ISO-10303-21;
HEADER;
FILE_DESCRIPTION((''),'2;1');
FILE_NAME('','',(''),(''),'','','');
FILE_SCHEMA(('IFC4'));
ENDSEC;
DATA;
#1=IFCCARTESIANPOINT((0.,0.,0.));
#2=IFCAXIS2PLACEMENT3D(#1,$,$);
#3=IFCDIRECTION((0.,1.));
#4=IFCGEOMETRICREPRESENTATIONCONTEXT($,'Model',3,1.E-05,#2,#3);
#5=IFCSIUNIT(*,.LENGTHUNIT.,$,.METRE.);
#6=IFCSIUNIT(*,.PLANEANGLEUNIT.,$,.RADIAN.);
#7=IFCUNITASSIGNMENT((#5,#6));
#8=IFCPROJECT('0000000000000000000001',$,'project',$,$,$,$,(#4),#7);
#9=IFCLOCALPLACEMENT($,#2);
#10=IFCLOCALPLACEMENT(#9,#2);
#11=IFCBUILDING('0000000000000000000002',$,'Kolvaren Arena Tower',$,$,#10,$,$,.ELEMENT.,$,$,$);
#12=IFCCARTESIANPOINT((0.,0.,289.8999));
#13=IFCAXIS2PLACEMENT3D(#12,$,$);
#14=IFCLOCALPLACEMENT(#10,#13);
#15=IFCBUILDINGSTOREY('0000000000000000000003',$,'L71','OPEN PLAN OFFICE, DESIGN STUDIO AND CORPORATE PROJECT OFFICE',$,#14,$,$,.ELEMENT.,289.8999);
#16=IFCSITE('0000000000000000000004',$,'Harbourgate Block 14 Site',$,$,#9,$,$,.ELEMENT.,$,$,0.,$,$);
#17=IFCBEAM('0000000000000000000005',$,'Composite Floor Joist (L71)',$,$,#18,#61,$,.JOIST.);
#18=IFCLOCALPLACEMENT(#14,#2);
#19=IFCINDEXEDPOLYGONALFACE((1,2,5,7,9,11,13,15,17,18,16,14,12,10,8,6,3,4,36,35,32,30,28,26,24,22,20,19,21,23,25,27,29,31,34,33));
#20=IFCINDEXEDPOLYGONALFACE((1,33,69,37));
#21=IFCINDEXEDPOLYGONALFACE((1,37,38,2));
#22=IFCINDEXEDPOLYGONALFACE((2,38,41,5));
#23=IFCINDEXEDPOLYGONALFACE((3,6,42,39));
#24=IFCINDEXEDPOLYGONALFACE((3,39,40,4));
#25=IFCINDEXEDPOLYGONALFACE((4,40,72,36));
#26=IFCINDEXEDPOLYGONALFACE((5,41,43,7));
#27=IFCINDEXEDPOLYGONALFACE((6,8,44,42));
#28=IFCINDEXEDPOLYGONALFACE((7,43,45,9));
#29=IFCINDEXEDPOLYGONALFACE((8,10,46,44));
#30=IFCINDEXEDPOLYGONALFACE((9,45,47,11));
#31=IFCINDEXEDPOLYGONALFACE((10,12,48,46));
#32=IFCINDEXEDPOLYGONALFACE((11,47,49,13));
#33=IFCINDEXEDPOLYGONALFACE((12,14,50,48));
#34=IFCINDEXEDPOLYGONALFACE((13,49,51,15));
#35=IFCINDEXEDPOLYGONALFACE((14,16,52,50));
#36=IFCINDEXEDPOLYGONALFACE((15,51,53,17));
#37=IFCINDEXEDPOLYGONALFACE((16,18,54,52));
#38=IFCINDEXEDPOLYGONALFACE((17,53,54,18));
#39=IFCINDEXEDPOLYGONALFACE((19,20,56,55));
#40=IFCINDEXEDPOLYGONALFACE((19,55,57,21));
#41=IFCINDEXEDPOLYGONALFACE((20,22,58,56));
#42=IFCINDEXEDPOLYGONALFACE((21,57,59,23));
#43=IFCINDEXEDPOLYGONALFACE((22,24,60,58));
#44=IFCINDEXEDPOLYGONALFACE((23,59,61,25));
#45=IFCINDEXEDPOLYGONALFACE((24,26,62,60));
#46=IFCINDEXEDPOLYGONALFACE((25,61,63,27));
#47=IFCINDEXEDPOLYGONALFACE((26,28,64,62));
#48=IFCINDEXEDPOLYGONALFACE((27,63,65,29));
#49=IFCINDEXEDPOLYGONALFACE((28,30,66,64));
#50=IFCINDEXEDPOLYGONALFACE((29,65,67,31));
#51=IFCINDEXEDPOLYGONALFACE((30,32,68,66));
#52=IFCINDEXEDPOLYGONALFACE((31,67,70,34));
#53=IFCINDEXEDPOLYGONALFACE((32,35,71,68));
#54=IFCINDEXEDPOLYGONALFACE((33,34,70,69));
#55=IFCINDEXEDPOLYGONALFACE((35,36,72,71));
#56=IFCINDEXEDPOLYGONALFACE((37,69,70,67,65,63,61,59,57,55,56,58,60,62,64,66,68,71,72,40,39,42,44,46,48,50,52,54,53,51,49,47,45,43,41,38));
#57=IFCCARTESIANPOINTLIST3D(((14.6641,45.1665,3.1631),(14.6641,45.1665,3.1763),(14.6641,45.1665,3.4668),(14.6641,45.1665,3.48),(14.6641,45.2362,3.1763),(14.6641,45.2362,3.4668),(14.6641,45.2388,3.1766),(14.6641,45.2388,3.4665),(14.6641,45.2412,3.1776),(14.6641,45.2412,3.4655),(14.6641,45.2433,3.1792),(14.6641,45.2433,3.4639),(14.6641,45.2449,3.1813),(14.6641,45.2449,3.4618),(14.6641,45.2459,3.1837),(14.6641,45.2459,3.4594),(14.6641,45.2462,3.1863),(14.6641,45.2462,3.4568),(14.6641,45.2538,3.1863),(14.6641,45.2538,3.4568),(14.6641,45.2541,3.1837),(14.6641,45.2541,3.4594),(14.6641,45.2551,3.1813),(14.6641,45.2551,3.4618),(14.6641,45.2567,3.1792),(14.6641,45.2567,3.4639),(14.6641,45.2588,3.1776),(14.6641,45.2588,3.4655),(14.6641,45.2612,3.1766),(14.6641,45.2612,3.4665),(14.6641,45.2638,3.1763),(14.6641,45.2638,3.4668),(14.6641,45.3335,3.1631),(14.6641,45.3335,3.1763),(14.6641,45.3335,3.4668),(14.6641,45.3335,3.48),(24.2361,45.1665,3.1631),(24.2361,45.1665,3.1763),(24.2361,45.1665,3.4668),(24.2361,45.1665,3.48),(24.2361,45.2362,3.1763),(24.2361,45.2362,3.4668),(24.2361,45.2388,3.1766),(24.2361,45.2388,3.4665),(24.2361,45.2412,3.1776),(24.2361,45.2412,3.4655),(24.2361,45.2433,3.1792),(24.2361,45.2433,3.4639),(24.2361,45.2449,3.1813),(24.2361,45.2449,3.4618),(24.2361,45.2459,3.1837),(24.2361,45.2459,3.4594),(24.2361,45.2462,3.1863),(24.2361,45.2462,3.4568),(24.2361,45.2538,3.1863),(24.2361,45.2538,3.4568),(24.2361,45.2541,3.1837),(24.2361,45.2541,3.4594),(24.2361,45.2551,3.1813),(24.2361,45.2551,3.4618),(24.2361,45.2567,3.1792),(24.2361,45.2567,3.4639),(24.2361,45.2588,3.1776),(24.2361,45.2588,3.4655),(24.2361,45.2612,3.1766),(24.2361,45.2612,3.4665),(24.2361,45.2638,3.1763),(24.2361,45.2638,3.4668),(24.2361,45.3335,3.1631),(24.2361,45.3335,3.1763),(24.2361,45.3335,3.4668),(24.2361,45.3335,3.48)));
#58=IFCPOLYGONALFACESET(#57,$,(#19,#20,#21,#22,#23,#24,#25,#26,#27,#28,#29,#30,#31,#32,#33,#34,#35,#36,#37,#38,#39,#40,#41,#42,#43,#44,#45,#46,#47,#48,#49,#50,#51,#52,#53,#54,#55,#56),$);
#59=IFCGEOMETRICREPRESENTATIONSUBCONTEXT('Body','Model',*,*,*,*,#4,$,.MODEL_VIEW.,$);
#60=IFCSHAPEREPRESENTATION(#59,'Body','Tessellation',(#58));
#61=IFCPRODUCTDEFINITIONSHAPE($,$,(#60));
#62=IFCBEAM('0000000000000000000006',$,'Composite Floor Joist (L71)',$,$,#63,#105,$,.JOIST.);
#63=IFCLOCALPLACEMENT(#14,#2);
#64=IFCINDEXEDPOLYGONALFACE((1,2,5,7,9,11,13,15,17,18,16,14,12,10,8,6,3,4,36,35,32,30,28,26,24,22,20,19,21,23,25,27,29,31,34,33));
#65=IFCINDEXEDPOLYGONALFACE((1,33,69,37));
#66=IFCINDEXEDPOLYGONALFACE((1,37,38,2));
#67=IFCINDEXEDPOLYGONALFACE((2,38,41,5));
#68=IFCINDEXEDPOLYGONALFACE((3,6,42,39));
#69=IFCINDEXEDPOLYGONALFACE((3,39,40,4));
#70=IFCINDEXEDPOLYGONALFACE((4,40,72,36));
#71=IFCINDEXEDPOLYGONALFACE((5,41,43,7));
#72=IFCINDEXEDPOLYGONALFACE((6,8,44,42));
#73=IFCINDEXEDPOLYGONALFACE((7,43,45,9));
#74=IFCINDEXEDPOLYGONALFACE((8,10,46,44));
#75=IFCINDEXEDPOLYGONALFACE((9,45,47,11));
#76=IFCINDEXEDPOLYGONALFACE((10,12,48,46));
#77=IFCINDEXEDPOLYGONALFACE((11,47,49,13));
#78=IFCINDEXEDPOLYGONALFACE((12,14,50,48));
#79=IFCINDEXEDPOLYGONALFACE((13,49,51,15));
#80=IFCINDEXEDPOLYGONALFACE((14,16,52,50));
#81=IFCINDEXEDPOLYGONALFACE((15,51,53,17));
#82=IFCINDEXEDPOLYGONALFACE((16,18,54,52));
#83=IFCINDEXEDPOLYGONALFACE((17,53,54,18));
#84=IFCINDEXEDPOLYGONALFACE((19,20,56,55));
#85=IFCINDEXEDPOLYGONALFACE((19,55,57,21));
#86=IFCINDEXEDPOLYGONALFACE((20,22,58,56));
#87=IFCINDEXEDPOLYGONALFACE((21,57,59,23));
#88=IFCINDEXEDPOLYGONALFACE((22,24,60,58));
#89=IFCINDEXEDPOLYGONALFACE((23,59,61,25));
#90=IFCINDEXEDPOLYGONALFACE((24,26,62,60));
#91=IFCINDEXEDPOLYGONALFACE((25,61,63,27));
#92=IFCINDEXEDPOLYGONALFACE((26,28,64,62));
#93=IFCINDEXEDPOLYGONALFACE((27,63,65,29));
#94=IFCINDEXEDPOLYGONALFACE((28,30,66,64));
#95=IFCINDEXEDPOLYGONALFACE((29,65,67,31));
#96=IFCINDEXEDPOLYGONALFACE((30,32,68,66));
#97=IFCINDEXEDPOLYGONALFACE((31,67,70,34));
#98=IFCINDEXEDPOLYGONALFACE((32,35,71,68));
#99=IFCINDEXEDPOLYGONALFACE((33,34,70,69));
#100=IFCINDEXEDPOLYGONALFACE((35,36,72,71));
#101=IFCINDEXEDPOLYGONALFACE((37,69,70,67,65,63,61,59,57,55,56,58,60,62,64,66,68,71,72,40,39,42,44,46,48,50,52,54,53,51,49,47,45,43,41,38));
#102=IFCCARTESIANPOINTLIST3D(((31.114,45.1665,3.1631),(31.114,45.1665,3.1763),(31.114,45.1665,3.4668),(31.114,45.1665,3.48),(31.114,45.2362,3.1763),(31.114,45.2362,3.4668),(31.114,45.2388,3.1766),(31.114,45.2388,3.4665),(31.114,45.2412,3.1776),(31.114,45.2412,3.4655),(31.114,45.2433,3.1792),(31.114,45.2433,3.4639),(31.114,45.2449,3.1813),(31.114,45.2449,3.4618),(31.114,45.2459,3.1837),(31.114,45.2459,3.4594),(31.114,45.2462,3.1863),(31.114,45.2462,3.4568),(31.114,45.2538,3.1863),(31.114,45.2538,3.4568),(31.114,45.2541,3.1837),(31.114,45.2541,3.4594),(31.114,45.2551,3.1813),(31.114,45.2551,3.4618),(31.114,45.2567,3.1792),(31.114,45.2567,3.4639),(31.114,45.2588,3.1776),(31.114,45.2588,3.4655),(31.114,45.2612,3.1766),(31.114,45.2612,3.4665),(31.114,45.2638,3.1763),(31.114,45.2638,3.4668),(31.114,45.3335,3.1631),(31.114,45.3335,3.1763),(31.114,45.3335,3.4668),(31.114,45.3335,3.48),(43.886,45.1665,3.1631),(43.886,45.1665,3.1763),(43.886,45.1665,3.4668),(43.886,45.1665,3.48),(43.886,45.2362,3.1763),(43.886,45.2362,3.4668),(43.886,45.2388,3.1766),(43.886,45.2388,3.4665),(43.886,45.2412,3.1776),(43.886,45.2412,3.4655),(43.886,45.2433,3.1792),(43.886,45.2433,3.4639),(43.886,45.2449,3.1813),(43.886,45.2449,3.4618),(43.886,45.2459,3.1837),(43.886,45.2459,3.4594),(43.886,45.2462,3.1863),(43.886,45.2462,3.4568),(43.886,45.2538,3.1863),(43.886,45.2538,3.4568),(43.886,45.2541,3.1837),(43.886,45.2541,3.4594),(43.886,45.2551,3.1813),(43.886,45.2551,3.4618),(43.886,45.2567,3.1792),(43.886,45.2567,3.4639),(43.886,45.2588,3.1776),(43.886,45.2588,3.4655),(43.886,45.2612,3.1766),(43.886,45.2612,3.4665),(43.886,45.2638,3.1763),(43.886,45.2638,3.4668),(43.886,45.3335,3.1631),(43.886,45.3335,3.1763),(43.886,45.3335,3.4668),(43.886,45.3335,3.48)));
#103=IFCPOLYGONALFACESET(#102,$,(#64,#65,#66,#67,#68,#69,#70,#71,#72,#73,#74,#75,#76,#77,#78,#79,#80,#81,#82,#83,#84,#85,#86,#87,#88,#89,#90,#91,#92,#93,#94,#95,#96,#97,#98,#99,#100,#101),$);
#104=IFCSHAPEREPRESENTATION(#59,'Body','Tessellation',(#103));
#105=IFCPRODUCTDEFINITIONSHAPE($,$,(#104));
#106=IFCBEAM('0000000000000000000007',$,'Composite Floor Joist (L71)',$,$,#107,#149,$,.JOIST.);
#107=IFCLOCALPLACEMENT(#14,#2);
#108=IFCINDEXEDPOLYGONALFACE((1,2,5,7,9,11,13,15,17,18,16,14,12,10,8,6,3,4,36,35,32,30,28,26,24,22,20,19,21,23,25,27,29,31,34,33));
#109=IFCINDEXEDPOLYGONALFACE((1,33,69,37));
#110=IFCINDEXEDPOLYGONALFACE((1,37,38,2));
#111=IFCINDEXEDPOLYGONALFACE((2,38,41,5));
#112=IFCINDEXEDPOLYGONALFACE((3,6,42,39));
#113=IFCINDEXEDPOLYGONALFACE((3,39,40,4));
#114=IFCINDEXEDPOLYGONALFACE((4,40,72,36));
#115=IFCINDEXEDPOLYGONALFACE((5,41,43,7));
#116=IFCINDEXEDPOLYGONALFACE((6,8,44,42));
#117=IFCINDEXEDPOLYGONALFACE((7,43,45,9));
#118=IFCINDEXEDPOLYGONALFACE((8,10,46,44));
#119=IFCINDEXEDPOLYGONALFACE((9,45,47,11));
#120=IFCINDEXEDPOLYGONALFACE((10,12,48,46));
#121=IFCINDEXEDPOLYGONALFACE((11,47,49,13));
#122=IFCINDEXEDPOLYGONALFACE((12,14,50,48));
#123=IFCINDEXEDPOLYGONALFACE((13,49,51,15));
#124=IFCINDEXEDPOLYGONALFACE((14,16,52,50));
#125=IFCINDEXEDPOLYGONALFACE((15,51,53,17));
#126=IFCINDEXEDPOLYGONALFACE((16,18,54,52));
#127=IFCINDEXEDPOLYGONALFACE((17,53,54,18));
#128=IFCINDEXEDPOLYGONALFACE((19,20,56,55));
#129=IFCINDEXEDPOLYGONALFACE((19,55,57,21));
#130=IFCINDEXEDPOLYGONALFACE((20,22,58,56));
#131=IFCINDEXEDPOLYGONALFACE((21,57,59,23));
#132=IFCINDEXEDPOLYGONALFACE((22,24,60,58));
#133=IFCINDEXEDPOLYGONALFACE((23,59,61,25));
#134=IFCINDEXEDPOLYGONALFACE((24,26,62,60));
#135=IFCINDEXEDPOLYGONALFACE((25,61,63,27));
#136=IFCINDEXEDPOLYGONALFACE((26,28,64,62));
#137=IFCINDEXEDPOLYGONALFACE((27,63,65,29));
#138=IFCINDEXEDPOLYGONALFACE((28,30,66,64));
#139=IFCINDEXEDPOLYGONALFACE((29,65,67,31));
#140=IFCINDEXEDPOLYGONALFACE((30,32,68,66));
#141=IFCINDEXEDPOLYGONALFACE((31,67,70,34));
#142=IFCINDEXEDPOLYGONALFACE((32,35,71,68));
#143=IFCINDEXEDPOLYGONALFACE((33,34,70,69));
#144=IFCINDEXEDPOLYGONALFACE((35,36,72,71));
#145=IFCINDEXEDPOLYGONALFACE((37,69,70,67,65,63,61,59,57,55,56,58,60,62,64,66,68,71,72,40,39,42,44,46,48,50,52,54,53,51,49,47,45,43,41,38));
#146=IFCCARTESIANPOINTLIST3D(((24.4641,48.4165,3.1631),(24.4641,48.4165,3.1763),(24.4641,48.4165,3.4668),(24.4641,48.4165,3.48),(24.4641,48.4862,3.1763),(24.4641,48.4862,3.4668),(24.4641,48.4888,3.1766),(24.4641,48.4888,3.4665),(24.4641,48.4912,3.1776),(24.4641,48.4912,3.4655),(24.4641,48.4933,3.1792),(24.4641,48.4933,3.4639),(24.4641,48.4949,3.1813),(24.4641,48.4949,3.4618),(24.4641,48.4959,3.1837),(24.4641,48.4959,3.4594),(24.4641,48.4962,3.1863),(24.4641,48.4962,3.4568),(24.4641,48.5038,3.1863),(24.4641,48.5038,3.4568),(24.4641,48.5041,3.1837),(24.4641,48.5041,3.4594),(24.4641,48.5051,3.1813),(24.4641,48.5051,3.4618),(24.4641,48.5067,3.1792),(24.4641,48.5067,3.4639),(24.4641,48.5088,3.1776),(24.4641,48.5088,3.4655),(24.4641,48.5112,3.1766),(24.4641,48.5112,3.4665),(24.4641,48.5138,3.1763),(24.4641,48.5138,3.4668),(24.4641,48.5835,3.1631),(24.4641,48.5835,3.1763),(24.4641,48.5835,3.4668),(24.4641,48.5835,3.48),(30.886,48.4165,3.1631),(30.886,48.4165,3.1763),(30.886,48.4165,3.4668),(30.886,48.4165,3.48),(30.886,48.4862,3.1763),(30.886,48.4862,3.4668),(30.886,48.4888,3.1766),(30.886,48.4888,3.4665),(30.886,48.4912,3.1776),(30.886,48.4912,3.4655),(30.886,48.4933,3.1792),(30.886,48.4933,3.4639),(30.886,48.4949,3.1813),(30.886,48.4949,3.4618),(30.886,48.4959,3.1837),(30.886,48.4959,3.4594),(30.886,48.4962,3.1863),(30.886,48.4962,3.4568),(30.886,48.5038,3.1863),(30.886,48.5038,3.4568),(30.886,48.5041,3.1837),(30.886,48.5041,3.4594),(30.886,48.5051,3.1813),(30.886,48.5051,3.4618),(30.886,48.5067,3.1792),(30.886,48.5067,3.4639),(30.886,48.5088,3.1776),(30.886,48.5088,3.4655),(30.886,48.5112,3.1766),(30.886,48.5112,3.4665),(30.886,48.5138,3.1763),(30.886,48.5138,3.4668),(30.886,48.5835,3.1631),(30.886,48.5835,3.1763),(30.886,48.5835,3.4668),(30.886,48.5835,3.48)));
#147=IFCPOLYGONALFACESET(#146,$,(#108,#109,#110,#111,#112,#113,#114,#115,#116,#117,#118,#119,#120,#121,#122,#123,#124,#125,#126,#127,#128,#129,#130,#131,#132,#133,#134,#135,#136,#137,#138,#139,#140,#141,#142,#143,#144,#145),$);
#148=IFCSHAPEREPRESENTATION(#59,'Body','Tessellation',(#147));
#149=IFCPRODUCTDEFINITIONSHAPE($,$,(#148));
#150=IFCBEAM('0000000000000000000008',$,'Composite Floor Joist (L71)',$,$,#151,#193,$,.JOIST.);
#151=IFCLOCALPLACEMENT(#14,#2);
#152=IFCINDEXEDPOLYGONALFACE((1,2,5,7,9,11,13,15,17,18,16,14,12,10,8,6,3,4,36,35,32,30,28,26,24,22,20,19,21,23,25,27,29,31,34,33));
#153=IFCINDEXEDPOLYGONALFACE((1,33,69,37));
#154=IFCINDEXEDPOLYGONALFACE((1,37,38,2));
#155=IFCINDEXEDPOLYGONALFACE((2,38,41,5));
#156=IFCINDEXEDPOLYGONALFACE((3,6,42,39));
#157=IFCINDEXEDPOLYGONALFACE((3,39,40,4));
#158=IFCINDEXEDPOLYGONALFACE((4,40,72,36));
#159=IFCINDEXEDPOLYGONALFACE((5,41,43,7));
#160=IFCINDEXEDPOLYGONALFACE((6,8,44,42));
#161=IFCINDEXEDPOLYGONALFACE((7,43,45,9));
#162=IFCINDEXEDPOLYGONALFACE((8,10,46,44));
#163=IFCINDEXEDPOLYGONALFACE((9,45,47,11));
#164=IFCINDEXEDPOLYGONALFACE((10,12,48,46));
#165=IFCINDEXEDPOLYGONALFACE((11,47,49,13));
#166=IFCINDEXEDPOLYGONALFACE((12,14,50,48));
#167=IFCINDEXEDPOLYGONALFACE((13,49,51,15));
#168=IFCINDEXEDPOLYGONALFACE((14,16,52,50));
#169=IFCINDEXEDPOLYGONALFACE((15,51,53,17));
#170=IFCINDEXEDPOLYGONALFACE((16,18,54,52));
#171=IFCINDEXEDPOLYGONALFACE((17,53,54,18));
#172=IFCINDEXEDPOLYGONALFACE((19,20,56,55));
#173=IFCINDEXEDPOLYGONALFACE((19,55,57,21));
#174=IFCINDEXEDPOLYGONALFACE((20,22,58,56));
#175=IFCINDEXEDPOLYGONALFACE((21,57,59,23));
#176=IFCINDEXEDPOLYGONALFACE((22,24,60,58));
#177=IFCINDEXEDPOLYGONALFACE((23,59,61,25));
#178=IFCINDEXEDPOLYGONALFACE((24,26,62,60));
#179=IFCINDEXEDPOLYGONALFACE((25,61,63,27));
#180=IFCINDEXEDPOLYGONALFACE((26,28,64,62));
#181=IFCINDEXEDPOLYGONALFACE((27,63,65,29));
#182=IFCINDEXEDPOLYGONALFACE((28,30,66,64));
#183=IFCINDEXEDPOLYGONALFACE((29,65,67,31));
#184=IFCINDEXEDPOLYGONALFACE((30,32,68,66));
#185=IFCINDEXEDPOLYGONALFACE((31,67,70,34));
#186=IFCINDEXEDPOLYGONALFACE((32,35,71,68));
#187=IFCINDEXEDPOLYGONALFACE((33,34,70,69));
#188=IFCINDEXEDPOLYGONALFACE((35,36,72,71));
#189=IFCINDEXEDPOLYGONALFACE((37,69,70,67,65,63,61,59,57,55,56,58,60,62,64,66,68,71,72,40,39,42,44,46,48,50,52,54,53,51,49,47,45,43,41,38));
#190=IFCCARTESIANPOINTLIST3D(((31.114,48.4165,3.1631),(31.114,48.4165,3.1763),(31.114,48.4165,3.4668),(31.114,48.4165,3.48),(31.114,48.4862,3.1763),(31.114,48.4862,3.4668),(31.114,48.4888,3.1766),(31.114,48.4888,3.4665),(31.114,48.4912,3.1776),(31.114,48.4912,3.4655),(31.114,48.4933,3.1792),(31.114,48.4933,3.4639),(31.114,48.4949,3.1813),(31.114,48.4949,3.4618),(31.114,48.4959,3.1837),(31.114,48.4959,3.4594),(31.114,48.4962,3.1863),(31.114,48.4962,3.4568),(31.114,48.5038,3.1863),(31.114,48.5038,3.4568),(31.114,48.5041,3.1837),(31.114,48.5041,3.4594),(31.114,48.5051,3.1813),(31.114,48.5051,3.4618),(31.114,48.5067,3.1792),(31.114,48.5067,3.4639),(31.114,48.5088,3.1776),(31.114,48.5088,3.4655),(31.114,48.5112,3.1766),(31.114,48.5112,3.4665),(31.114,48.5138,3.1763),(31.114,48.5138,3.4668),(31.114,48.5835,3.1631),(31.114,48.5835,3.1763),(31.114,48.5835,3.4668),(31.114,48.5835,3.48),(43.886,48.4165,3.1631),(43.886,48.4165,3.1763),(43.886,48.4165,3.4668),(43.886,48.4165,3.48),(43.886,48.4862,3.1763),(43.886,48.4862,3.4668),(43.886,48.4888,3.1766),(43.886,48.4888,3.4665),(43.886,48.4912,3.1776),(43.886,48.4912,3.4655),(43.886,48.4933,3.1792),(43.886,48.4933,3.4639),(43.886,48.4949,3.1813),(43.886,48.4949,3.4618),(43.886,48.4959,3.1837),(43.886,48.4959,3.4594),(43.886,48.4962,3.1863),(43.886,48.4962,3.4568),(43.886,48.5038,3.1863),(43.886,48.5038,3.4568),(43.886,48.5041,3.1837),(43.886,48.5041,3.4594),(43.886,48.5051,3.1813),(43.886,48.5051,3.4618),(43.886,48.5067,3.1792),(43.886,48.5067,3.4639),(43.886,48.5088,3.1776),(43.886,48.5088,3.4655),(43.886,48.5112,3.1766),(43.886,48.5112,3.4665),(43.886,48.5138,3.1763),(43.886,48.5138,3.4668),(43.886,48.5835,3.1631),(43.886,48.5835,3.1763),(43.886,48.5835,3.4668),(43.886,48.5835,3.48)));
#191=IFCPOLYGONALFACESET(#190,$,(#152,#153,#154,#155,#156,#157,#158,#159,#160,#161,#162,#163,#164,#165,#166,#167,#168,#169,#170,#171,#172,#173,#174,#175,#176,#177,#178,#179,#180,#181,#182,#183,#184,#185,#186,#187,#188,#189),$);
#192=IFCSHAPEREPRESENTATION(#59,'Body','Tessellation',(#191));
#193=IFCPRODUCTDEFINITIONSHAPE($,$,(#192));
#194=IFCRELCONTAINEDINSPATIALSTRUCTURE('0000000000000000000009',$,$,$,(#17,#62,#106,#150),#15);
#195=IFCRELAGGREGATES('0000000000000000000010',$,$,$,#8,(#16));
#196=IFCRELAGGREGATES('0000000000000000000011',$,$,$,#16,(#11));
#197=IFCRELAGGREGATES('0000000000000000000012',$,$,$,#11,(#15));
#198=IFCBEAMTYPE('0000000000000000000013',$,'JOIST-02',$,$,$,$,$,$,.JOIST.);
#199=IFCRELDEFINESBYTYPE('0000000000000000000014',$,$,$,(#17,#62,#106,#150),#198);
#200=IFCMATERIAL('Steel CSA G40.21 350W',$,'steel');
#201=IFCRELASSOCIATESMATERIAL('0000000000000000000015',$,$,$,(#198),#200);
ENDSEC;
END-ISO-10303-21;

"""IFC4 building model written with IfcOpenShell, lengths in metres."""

from ifc_helpers import new_model, si_unit, direction, frame, origin, origin_2d, place, context, subcontext, project, spatial, i_section, extrude, material, material_profile, profile_set, type_object, element, save


model = new_model("IFC4")

# Units and contexts
model_context = context("Model", 3, precision=1e-05, world=origin(), true_north=direction((0.0, 1.0)))
body_context = subcontext(model_context, "Body", "Model", "MODEL_VIEW")
ifc_project = project(units=[si_unit("LENGTHUNIT", "METRE"), si_unit("PLANEANGLEUNIT", "RADIAN")], contexts=[model_context])

# Site, building, storey
site_placement = place(None, origin())
site = spatial("IfcSite", under=ifc_project, at=site_placement, Name="Harbourgate Block 14 Site", CompositionType="ELEMENT", RefElevation=0.0)
building_placement = place(site_placement, origin())
building = spatial("IfcBuilding", under=site, at=building_placement, Name="Kolvaren Arena Tower", CompositionType="ELEMENT")
storey_placement = place(building_placement, frame((0.0, 0.0, 289.8999)))
storey = spatial("IfcBuildingStorey", under=building, at=storey_placement, Name="L71", Description="OPEN PLAN OFFICE, DESIGN STUDIO AND CORPORATE PROJECT OFFICE", CompositionType="ELEMENT", Elevation=289.8999)

# Beams
ifc_material_1 = material(Name="Steel CSA G40.21 350W", Category="steel")
ifc_material_profile_1 = material_profile(ifc_material_1, i_section(OverallWidth=0.167, OverallDepth=0.3169, WebThickness=0.0076, FlangeThickness=0.0132, FilletRadius=0.01, at=origin_2d()), Name="W310x52")
ifc_profile_set_1 = profile_set([ifc_material_profile_1], Name="Steel CSA G40.21 350W")
beam_type_1 = type_object("IfcBeamType", Name="JOIST-02", PredefinedType="JOIST", material=ifc_profile_set_1)
beam_1_placement = place(storey_placement, frame((14.6641, 45.25, 3.3215), z_axis=(1.0, 0.0, 0.0), x_axis=(0.0, 1.0, 0.0)))
element("IfcBeam", 1, at=beam_1_placement, inside=storey, type_object=beam_type_1, Name="Composite Floor Joist (L71)", PredefinedType="JOIST", context=body_context, shape_type="SweptSolid", body=[
    extrude(i_section(OverallWidth=0.167, OverallDepth=0.3169, WebThickness=0.0076, FlangeThickness=0.0132, FilletRadius=0.01, at=origin_2d()), origin(), (0.0, 0.0, 1.0), 9.572),
])
beam_2_placement = place(storey_placement, frame((31.114, 45.25, 3.3215), z_axis=(1.0, 0.0, 0.0), x_axis=(0.0, 1.0, 0.0)))
element("IfcBeam", 2, at=beam_2_placement, inside=storey, type_object=beam_type_1, Name="Composite Floor Joist (L71)", PredefinedType="JOIST", context=body_context, shape_type="SweptSolid", body=[
    extrude(i_section(OverallWidth=0.167, OverallDepth=0.3169, WebThickness=0.0076, FlangeThickness=0.0132, FilletRadius=0.01, at=origin_2d()), origin(), (0.0, 0.0, 1.0), 12.772),
])
beam_3_placement = place(storey_placement, frame((24.4641, 48.5, 3.3215), z_axis=(1.0, 0.0, 0.0), x_axis=(0.0, 1.0, 0.0)))
element("IfcBeam", 3, at=beam_3_placement, inside=storey, type_object=beam_type_1, Name="Composite Floor Joist (L71)", PredefinedType="JOIST", context=body_context, shape_type="SweptSolid", body=[
    extrude(i_section(OverallWidth=0.167, OverallDepth=0.3169, WebThickness=0.0076, FlangeThickness=0.0132, FilletRadius=0.01, at=origin_2d()), origin(), (0.0, 0.0, 1.0), 6.4219),
])
beam_4_placement = place(storey_placement, frame((31.114, 48.5, 3.3215), z_axis=(1.0, 0.0, 0.0), x_axis=(0.0, 1.0, 0.0)))
element("IfcBeam", 4, at=beam_4_placement, inside=storey, type_object=beam_type_1, Name="Composite Floor Joist (L71)", PredefinedType="JOIST", context=body_context, shape_type="SweptSolid", body=[
    extrude(i_section(OverallWidth=0.167, OverallDepth=0.3169, WebThickness=0.0076, FlangeThickness=0.0132, FilletRadius=0.01, at=origin_2d()), origin(), (0.0, 0.0, 1.0), 12.772),
])

save(model, "model.ifc")
